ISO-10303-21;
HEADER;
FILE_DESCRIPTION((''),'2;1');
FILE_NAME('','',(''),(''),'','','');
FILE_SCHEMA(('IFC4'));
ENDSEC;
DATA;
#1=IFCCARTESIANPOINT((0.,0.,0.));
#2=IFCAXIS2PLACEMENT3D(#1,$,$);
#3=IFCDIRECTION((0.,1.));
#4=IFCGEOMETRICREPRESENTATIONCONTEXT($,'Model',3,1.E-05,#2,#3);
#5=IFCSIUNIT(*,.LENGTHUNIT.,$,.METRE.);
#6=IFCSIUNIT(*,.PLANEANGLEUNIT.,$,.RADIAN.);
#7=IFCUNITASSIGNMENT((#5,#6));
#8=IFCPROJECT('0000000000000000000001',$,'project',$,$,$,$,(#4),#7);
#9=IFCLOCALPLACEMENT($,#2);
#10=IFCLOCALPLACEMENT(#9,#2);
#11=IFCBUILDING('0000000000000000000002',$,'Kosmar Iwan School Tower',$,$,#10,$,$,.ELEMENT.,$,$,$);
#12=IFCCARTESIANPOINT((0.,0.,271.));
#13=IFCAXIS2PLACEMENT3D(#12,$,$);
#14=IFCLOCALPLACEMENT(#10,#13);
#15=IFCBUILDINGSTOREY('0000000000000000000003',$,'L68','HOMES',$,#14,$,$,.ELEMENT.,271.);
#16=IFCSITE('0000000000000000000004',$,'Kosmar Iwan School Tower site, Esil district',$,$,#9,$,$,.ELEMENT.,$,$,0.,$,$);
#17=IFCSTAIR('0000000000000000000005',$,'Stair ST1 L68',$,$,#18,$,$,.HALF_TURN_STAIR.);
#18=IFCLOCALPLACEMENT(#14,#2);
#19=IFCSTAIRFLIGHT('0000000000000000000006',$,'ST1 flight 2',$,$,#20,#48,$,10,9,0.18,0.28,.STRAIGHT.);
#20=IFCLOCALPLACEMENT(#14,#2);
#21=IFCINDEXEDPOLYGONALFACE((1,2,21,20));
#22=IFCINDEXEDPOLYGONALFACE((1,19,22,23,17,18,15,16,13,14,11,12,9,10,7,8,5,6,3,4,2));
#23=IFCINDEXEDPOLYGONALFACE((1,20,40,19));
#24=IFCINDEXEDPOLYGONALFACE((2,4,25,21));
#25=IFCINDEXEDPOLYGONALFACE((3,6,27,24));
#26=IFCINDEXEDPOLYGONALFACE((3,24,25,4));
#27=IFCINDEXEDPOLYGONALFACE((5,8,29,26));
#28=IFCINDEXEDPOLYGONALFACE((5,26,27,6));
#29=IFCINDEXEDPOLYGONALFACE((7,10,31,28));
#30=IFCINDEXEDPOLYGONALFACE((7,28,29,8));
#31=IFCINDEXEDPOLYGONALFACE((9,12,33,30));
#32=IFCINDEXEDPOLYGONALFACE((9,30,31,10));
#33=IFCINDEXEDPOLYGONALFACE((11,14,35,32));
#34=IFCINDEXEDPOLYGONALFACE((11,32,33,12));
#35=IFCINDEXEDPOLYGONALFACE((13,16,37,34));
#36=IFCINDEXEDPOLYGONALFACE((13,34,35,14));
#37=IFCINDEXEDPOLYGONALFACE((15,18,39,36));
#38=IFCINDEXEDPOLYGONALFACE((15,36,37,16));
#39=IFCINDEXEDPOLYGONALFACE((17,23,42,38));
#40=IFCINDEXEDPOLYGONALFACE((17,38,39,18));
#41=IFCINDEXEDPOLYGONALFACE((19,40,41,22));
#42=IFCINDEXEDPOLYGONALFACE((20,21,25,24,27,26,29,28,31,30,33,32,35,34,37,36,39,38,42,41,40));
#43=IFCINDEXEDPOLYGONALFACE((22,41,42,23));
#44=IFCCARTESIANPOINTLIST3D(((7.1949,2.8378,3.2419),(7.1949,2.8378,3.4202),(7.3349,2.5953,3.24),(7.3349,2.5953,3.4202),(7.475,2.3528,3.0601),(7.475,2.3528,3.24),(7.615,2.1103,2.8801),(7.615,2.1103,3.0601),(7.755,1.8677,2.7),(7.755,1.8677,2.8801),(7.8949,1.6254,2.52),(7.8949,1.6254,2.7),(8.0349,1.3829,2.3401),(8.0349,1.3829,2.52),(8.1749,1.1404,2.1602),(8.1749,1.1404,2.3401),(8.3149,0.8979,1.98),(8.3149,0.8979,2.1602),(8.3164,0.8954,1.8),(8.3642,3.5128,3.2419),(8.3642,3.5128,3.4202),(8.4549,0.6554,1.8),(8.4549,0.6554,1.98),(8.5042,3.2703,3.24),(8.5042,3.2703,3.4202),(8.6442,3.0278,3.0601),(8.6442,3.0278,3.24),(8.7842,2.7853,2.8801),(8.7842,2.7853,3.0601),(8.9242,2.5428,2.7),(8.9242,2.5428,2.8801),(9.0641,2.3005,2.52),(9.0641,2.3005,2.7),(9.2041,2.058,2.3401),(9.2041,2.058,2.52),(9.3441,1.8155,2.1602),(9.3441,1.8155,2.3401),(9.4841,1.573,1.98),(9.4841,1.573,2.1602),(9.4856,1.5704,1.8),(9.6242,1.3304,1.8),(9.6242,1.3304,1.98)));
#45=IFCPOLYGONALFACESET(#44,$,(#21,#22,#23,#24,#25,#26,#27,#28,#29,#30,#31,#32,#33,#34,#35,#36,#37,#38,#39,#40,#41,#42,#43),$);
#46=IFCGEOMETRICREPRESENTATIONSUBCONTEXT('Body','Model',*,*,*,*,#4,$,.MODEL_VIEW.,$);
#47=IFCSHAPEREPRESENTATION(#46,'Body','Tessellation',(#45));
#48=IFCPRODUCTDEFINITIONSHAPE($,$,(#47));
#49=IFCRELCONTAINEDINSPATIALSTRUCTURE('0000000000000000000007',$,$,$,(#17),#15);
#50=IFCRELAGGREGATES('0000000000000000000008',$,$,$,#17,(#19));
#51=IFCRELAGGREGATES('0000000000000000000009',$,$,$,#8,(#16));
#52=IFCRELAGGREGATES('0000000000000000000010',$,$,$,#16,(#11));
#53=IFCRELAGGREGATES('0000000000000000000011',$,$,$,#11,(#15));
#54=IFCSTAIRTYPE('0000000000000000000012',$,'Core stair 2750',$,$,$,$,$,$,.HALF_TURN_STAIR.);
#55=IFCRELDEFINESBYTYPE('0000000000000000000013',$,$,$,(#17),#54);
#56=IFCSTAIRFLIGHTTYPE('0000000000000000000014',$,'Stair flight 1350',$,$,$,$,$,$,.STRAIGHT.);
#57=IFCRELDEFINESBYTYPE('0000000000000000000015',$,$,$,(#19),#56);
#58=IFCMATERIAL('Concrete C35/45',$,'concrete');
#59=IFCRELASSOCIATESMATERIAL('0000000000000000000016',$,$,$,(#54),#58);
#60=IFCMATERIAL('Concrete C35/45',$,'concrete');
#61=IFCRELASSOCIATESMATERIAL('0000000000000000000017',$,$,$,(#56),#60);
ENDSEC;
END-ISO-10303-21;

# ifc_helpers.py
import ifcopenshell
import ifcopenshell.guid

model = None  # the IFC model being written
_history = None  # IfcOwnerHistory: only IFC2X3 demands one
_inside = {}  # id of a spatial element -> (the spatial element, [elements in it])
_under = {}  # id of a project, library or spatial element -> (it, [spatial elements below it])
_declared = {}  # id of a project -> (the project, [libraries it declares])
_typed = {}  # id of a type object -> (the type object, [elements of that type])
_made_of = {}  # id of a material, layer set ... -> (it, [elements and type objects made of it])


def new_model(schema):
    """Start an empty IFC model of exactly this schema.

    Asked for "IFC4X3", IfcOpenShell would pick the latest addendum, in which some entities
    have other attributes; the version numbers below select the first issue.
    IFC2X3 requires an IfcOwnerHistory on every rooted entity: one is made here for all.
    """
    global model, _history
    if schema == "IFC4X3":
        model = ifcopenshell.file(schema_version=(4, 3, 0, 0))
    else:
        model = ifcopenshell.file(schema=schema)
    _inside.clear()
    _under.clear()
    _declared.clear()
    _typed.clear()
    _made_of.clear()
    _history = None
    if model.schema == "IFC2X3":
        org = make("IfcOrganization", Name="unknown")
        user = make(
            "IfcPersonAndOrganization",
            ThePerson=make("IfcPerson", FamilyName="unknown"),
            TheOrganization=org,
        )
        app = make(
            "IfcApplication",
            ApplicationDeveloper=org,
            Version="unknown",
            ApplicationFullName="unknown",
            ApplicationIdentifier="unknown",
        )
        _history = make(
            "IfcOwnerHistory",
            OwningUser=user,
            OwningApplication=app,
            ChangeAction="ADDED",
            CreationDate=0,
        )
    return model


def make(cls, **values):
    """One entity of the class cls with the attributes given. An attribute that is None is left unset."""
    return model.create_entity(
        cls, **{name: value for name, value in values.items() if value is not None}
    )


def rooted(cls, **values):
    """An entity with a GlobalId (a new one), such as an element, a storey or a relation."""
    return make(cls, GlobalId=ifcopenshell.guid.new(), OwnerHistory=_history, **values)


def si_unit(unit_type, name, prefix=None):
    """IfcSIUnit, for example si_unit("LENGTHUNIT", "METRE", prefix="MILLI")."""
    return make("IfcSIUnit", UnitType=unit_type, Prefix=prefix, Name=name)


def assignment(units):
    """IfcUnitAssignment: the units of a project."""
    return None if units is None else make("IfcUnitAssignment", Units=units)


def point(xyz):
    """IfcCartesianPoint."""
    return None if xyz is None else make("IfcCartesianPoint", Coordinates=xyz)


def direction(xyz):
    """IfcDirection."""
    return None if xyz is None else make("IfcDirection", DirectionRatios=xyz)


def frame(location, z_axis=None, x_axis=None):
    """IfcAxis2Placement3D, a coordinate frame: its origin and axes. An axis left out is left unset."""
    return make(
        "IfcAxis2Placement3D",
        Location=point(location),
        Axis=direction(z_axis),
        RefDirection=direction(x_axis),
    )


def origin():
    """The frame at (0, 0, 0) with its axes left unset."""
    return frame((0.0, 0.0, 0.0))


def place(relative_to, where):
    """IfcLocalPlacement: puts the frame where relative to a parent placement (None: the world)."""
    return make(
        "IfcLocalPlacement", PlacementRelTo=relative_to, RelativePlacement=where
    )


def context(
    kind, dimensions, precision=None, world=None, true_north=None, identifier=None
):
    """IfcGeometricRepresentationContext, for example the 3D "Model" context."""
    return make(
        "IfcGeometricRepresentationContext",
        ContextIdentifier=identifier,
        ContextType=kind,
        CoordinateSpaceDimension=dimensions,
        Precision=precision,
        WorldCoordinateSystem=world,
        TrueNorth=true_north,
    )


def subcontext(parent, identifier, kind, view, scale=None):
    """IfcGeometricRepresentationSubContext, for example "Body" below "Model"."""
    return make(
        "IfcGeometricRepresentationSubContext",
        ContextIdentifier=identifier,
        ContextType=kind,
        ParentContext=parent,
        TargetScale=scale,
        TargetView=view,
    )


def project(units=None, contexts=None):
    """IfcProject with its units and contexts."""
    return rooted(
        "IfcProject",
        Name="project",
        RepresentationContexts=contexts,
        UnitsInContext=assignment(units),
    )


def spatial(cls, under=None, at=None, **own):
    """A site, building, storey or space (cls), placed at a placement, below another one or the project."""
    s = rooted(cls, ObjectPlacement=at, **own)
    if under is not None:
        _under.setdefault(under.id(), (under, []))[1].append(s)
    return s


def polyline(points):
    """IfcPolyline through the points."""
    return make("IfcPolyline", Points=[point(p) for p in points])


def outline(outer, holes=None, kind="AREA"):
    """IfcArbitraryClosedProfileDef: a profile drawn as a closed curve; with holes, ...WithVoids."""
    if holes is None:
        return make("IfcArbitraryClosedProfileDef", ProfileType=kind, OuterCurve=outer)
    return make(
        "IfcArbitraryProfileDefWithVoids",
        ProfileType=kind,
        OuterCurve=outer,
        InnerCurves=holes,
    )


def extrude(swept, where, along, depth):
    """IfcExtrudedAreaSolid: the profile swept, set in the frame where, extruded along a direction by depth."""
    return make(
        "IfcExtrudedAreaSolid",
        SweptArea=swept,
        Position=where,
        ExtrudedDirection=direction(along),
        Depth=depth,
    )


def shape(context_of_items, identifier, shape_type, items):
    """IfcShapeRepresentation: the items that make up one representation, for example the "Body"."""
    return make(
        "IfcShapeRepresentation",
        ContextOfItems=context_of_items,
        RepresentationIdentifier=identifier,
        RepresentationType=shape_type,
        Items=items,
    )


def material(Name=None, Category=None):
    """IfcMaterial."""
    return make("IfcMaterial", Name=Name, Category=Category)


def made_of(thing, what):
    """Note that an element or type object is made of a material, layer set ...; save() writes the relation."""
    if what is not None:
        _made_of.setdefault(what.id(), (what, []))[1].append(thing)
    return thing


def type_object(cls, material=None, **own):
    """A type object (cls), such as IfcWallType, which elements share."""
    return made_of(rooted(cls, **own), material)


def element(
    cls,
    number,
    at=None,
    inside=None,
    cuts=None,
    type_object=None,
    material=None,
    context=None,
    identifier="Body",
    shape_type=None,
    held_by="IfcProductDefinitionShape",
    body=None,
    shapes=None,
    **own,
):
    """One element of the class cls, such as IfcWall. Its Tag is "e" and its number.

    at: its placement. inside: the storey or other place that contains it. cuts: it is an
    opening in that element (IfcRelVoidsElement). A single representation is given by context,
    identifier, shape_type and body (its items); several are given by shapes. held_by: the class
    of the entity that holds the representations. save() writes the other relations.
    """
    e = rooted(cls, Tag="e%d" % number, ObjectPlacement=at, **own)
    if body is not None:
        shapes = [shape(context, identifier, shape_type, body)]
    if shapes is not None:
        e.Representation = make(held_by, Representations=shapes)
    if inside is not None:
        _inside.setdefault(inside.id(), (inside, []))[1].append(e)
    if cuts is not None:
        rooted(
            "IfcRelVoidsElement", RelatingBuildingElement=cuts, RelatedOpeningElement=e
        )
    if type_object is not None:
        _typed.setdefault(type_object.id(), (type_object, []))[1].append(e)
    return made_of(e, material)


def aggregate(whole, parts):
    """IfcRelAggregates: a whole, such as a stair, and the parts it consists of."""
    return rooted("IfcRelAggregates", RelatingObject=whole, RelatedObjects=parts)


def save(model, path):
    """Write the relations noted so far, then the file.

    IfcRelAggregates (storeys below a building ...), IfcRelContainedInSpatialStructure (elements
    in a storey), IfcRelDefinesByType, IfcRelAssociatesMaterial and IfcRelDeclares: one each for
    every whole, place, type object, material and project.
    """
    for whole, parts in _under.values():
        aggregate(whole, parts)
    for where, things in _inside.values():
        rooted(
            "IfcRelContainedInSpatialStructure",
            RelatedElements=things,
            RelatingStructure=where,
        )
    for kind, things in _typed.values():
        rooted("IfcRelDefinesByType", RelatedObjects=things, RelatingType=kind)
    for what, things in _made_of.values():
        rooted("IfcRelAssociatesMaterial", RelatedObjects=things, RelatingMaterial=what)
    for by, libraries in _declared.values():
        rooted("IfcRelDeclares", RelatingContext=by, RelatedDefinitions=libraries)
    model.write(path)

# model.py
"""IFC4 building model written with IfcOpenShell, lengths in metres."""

from ifc_helpers import new_model, si_unit, direction, frame, origin, place, context, subcontext, project, spatial, polyline, outline, extrude, material, type_object, element, aggregate, save


model = new_model("IFC4")

# Units and contexts
model_context = context("Model", 3, precision=1e-05, world=origin(), true_north=direction((0.0, 1.0)))
body_context = subcontext(model_context, "Body", "Model", "MODEL_VIEW")
ifc_project = project(units=[si_unit("LENGTHUNIT", "METRE"), si_unit("PLANEANGLEUNIT", "RADIAN")], contexts=[model_context])

# Site, building, storey
site_placement = place(None, origin())
site = spatial("IfcSite", under=ifc_project, at=site_placement, Name="Kosmar Iwan School Tower site, Esil district", CompositionType="ELEMENT", RefElevation=0.0)
building_placement = place(site_placement, origin())
building = spatial("IfcBuilding", under=site, at=building_placement, Name="Kosmar Iwan School Tower", CompositionType="ELEMENT")
storey_placement = place(building_placement, frame((0.0, 0.0, 271.0)))
storey = spatial("IfcBuildingStorey", under=building, at=storey_placement, Name="L68", Description="HOMES", CompositionType="ELEMENT", Elevation=271.0)

# Stair, stair flight
ifc_material_1 = material(Name="Concrete C35/45", Category="concrete")
stair_type = type_object("IfcStairType", Name="Core stair 2750", PredefinedType="HALF_TURN_STAIR", material=ifc_material_1)
stair_placement = place(storey_placement, origin())
stair = element("IfcStair", 1, at=stair_placement, inside=storey, type_object=stair_type, Name="Stair ST1 L68", PredefinedType="HALF_TURN_STAIR")
ifc_material_2 = material(Name="Concrete C35/45", Category="concrete")
stair_flight_type = type_object("IfcStairFlightType", Name="Stair flight 1350", PredefinedType="STRAIGHT", material=ifc_material_2)
stair_flight_placement = place(storey_placement, frame((9.0396, 0.9929, 1.8), z_axis=(0.0, 0.0, 1.0), x_axis=(-0.5, 0.866025, 0.0)))
stair_flight = element("IfcStairFlight", 2, at=stair_flight_placement, type_object=stair_flight_type, Name="ST1 flight 2", NumberOfRisers=10, NumberOfTreads=9, PredefinedType="STRAIGHT", RiserHeight=0.18, TreadLength=0.28, context=body_context, shape_type="SweptSolid", body=[
    extrude(outline(polyline([(0.0, 0.0), (0.0, 0.1799), (0.28, 0.1799), (0.28, 0.3601), (0.5601, 0.3601), (0.5601, 0.54), (0.8401, 0.54), (0.8401, 0.72), (1.1201, 0.72), (1.1201, 0.8999), (1.3999, 0.8999), (1.3999, 1.0801), (1.6799, 1.0801), (1.6799, 1.26), (1.96, 1.26), (1.96, 1.4399), (2.24, 1.4399), (2.24, 1.6201), (2.52, 1.6201), (2.52, 1.8), (2.52, 1.4419), (0.2771, 0.0), (0.0, 0.0)])), frame((0.0, 0.675, 0.0), z_axis=(0.0, -1.0, 0.0), x_axis=(1.0, 0.0, 0.0)), (0.0, 0.0, 1.0), 1.3501),
])
aggregate(stair, [stair_flight])

save(model, "model.ifc")
